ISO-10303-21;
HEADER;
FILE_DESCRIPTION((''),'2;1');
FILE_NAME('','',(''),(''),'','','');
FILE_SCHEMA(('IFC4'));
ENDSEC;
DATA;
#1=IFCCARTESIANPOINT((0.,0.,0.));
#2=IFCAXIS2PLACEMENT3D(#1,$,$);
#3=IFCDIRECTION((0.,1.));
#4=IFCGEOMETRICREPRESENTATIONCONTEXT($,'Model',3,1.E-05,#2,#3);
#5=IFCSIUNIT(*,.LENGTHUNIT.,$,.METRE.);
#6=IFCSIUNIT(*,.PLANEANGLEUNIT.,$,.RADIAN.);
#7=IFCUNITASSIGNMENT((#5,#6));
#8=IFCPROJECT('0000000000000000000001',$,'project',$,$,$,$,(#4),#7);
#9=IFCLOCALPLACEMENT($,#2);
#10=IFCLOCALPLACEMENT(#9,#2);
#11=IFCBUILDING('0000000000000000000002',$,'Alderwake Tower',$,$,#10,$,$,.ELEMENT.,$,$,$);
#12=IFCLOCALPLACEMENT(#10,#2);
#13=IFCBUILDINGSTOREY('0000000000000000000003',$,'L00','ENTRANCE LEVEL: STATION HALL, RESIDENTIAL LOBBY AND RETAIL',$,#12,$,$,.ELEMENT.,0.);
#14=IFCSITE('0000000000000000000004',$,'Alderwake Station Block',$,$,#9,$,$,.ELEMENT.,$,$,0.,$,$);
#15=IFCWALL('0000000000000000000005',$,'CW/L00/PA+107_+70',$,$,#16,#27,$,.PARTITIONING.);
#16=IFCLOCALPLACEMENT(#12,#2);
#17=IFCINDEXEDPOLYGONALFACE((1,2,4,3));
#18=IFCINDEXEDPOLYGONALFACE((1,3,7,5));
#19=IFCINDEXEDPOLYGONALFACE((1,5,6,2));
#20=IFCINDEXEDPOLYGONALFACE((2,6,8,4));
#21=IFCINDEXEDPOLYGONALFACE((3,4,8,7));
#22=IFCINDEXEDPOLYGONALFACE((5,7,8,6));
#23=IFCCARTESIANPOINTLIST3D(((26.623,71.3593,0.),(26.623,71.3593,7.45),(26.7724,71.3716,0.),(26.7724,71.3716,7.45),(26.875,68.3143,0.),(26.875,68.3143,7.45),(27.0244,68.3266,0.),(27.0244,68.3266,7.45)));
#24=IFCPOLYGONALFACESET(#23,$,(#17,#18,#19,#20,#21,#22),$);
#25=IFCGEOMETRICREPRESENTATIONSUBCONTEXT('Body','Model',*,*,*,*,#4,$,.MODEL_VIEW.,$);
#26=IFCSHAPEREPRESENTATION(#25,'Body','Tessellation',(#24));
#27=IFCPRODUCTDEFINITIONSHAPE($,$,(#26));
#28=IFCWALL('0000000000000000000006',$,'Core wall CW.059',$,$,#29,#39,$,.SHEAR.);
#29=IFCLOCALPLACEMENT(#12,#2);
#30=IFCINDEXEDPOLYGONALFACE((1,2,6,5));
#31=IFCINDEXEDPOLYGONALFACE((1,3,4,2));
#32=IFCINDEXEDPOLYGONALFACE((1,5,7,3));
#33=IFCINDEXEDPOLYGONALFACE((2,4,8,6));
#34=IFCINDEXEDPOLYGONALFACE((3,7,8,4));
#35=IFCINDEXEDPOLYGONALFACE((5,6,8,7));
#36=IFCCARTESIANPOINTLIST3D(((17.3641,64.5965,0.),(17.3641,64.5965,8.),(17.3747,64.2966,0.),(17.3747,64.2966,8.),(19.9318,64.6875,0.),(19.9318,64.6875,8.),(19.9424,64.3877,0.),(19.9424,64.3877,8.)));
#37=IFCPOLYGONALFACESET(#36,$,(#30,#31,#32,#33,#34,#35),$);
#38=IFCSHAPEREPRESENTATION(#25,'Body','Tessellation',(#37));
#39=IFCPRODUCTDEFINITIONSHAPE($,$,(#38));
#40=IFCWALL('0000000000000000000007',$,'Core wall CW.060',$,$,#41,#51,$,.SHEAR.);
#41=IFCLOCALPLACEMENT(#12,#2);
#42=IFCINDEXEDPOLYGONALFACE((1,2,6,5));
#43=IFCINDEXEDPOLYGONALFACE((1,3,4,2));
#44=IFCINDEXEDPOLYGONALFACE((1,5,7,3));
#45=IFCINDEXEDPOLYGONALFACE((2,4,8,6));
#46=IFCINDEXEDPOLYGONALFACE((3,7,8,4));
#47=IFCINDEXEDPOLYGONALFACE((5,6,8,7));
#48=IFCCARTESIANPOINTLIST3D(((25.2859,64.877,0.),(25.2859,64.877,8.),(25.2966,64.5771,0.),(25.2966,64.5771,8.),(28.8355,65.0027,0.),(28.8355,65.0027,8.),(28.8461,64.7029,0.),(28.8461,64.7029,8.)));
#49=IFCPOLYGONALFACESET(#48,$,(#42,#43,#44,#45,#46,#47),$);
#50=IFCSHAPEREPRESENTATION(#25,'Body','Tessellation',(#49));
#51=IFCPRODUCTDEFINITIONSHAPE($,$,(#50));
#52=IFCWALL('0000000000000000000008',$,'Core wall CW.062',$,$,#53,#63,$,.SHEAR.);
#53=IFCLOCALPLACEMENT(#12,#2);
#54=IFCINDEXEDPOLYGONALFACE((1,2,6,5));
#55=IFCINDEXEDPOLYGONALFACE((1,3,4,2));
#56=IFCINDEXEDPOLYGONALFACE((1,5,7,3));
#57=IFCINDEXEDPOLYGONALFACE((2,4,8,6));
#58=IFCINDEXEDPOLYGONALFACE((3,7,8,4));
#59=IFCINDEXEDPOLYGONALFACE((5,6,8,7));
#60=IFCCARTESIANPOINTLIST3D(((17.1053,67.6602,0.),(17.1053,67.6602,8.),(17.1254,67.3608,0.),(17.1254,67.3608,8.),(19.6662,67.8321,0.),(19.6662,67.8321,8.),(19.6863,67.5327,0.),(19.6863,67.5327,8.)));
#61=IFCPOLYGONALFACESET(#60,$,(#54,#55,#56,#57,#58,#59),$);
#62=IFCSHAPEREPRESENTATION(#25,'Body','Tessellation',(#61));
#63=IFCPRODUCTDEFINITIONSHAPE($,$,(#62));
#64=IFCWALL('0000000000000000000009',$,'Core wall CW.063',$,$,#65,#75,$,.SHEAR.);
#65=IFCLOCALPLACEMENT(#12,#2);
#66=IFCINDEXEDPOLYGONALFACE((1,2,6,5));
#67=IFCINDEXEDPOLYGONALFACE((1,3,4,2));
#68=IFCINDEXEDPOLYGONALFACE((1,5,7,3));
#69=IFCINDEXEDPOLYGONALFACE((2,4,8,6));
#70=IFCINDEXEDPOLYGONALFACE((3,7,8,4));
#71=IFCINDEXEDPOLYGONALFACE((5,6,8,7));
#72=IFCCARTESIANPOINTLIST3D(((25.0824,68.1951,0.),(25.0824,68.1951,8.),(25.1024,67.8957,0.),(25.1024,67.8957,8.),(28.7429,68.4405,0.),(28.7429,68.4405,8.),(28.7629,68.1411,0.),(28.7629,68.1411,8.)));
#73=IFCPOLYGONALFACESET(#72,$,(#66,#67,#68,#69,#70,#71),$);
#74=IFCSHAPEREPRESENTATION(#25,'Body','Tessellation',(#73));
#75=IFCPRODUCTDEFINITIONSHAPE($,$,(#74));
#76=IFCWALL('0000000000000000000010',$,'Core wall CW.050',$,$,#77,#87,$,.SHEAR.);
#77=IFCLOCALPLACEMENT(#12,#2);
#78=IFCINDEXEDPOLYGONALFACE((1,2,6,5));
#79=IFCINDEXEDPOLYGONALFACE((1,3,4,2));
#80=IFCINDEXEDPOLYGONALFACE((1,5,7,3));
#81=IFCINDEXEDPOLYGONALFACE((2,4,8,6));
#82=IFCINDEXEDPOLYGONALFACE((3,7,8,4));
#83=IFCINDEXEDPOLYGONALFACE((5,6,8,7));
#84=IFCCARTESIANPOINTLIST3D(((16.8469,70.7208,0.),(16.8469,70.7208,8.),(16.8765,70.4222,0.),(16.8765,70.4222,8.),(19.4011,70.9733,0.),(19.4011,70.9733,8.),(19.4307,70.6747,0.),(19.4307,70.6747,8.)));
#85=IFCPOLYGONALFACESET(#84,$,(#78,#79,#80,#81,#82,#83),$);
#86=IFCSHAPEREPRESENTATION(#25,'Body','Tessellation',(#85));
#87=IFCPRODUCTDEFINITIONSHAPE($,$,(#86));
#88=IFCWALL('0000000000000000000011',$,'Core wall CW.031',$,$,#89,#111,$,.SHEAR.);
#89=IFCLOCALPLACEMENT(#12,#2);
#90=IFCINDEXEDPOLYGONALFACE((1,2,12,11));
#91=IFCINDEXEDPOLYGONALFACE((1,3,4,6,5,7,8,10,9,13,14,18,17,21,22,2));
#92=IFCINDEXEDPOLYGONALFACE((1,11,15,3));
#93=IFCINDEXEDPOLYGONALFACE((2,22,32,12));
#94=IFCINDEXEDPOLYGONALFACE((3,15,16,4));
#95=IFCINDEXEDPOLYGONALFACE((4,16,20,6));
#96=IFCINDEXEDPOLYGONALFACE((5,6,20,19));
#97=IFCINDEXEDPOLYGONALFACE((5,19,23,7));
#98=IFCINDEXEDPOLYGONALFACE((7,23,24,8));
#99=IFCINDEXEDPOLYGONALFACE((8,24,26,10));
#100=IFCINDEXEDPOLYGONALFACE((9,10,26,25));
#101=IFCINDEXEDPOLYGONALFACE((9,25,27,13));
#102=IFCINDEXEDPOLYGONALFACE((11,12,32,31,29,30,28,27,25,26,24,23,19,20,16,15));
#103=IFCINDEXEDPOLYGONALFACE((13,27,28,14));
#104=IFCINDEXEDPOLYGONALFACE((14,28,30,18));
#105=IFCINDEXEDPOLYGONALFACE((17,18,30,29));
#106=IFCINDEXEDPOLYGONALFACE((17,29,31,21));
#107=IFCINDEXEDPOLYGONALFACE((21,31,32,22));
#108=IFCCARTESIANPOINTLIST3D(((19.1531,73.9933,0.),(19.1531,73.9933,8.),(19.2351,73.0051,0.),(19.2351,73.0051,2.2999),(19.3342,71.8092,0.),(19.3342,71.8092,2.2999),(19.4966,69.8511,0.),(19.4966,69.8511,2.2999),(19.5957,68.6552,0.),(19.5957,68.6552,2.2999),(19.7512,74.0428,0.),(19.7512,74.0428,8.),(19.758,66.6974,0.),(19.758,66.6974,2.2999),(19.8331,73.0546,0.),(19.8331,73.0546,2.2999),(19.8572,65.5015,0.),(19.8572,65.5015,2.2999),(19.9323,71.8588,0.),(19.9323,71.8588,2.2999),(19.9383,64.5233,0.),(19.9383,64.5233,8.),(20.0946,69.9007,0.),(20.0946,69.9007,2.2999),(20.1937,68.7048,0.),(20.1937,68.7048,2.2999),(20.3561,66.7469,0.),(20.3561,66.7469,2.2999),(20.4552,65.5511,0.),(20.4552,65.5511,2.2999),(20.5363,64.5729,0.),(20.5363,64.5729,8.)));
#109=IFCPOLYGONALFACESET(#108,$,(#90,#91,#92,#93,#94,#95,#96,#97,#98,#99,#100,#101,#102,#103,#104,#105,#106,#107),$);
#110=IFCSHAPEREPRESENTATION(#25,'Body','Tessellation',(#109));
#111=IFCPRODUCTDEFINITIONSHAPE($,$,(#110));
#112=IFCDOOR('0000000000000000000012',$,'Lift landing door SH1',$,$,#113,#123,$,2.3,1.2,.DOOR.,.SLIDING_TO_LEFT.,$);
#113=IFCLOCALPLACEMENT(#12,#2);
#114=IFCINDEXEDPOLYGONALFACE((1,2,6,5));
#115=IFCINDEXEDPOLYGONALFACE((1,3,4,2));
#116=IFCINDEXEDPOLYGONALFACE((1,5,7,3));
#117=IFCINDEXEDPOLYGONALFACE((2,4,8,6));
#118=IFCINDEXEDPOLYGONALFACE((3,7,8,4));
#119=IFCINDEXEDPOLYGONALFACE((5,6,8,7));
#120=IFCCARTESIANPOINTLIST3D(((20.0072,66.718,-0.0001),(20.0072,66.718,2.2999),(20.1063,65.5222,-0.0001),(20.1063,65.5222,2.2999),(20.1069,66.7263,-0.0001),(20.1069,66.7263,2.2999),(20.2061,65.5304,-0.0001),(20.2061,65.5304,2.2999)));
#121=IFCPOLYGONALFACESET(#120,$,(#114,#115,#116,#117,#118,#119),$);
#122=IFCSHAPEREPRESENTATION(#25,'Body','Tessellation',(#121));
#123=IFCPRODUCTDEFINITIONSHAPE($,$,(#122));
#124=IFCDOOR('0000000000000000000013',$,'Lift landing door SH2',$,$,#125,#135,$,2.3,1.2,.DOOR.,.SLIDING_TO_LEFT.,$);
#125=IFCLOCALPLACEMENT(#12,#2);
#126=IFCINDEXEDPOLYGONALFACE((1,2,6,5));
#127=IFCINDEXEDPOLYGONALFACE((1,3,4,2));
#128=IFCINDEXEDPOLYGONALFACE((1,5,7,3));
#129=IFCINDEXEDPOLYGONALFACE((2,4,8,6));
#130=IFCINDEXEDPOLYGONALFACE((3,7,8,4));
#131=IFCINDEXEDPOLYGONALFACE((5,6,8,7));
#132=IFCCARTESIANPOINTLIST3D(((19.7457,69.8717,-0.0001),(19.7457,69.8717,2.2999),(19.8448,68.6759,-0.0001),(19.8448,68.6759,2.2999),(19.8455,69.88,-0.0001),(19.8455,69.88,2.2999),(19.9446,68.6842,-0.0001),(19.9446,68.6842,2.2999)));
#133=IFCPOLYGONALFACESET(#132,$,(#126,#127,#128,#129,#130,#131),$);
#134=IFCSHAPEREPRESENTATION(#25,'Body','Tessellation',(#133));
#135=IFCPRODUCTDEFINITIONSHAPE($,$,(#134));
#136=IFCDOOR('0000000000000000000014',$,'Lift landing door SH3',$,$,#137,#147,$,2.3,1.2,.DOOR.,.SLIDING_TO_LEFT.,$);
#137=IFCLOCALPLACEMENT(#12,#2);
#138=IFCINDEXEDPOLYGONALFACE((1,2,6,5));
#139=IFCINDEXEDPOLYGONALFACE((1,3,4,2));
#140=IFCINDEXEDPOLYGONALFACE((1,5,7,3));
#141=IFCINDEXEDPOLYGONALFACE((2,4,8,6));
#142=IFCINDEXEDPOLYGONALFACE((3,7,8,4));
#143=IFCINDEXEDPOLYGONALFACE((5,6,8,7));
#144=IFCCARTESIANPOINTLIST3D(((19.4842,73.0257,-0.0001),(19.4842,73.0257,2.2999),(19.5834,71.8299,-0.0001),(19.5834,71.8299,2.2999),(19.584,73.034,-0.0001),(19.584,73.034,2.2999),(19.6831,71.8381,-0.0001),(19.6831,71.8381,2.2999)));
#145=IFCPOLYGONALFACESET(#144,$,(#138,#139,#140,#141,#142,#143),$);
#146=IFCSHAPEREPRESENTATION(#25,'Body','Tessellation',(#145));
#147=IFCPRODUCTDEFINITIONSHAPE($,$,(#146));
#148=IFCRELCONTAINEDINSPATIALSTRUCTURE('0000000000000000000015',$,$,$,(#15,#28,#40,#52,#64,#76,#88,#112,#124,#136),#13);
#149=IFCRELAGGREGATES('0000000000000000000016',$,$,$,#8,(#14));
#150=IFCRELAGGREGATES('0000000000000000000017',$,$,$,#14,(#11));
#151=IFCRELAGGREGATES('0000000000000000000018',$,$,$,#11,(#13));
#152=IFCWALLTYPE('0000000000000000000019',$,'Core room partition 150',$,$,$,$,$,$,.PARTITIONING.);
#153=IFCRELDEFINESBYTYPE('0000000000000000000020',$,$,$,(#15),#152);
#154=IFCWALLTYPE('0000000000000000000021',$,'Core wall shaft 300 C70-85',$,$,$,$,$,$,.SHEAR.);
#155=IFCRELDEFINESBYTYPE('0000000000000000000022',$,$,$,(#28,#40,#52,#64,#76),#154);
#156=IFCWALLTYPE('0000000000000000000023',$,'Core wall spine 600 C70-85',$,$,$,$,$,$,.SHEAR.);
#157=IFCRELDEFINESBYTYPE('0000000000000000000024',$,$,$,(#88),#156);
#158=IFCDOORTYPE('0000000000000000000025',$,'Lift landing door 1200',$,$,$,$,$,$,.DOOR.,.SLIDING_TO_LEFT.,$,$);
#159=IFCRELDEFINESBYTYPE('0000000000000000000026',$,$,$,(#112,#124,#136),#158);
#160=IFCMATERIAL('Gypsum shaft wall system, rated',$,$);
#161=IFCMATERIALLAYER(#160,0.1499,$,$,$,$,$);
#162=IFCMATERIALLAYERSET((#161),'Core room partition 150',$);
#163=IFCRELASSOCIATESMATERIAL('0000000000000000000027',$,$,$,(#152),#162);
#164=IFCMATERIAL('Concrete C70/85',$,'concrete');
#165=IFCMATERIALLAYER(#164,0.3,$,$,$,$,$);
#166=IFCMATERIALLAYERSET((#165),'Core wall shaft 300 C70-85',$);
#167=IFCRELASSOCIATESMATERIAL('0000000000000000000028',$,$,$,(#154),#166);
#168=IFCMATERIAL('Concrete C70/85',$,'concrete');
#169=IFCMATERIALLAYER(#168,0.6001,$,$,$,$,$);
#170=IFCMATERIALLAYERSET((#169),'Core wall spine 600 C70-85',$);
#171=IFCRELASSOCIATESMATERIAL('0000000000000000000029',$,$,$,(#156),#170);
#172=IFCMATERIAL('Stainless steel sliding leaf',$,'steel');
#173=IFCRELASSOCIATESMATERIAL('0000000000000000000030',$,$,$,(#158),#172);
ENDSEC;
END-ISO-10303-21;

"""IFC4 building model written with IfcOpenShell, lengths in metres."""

from ifc_helpers import new_model, si_unit, direction, frame, frame_2d, origin, place, context, subcontext, project, spatial, rectangle, extrude, material, layer, layer_set, type_object, element, fill, save


model = new_model("IFC4")

# Units and contexts
model_context = context("Model", 3, precision=1e-05, world=origin(), true_north=direction((0.0, 1.0)))
body_context = subcontext(model_context, "Body", "Model", "MODEL_VIEW")
ifc_project = project(units=[si_unit("LENGTHUNIT", "METRE"), si_unit("PLANEANGLEUNIT", "RADIAN")], contexts=[model_context])

# Site, building, storey
site_placement = place(None, origin())
site = spatial("IfcSite", under=ifc_project, at=site_placement, Name="Alderwake Station Block", CompositionType="ELEMENT", RefElevation=0.0)
building_placement = place(site_placement, origin())
building = spatial("IfcBuilding", under=site, at=building_placement, Name="Alderwake Tower", CompositionType="ELEMENT")
storey_placement = place(building_placement, origin())
storey = spatial("IfcBuildingStorey", under=building, at=storey_placement, Name="L00", Description="ENTRANCE LEVEL: STATION HALL, RESIDENTIAL LOBBY AND RETAIL", CompositionType="ELEMENT", Elevation=0.0)

# Walls
ifc_material_1 = material(Name="Gypsum shaft wall system, rated")
ifc_layer_1 = layer(ifc_material_1, 0.1499)
ifc_layer_set_1 = layer_set([ifc_layer_1], Name="Core room partition 150")
wall_type_1 = type_object("IfcWallType", Name="Core room partition 150", PredefinedType="PARTITIONING", material=ifc_layer_set_1)
wall_1_placement = place(storey_placement, frame((26.9497, 68.3203, 0.0), z_axis=(0.0, 0.0, 1.0), x_axis=(-0.082464, 0.996594, 0.0)))
element("IfcWall", 1, at=wall_1_placement, inside=storey, type_object=wall_type_1, Name="CW/L00/PA+107_+70", PredefinedType="PARTITIONING", context=body_context, shape_type="SweptSolid", body=[
    extrude(rectangle(XDim=3.0554, YDim=0.1499, at=frame_2d((1.5278, 0.0))), origin(), (0.0, 0.0, 1.0), 7.45),
])
ifc_material_2 = material(Name="Concrete C70/85", Category="concrete")
ifc_layer_2 = layer(ifc_material_2, 0.3)
ifc_layer_set_2 = layer_set([ifc_layer_2], Name="Core wall shaft 300 C70-85")
wall_type_2 = type_object("IfcWallType", Name="Core wall shaft 300 C70-85", PredefinedType="SHEAR", material=ifc_layer_set_2)
wall_2_placement = place(storey_placement, frame((17.3694, 64.4465, 0.0), z_axis=(0.0, 0.0, 1.0), x_axis=(0.999372, 0.035444, 0.0)))
element("IfcWall", 2, at=wall_2_placement, inside=storey, type_object=wall_type_2, Name="Core wall CW.059", PredefinedType="SHEAR", context=body_context, shape_type="SweptSolid", body=[
    extrude(rectangle(XDim=2.5693, YDim=0.3, at=frame_2d((1.2847, 0.0))), origin(), (0.0, 0.0, 1.0), 8.0),
])
wall_3_placement = place(storey_placement, frame((25.2913, 64.7271, 0.0), z_axis=(0.0, 0.0, 1.0), x_axis=(0.999373, 0.0354, 0.0)))
element("IfcWall", 3, at=wall_3_placement, inside=storey, type_object=wall_type_2, Name="Core wall CW.060", PredefinedType="SHEAR", context=body_context, shape_type="SweptSolid", body=[
    extrude(rectangle(XDim=3.5518, YDim=0.3, at=frame_2d((1.7759, 0.0))), origin(), (0.0, 0.0, 1.0), 8.0),
])
wall_4_placement = place(storey_placement, frame((17.1155, 67.5105, 0.0), z_axis=(0.0, 0.0, 1.0), x_axis=(0.997755, 0.066967, 0.0)))
element("IfcWall", 4, at=wall_4_placement, inside=storey, type_object=wall_type_2, Name="Core wall CW.062", PredefinedType="SHEAR", context=body_context, shape_type="SweptSolid", body=[
    extrude(rectangle(XDim=2.5667, YDim=0.3, at=frame_2d((1.2832, 0.0))), origin(), (0.0, 0.0, 1.0), 8.0),
])
wall_5_placement = place(storey_placement, frame((25.0923, 68.0454, 0.0), z_axis=(0.0, 0.0, 1.0), x_axis=(0.997761, 0.066881, 0.0)))
element("IfcWall", 5, at=wall_5_placement, inside=storey, type_object=wall_type_2, Name="Core wall CW.063", PredefinedType="SHEAR", context=body_context, shape_type="SweptSolid", body=[
    extrude(rectangle(XDim=3.6687, YDim=0.3, at=frame_2d((1.8345, 0.0))), origin(), (0.0, 0.0, 1.0), 8.0),
])
wall_6_placement = place(storey_placement, frame((16.8618, 70.5715, 0.0), z_axis=(0.0, 0.0, 1.0), x_axis=(0.995151, 0.098355, 0.0)))
element("IfcWall", 6, at=wall_6_placement, inside=storey, type_object=wall_type_2, Name="Core wall CW.050", PredefinedType="SHEAR", context=body_context, shape_type="SweptSolid", body=[
    extrude(rectangle(XDim=2.5667, YDim=0.3, at=frame_2d((1.2832, 0.0))), origin(), (0.0, 0.0, 1.0), 8.0),
])

# Wall, openings, doors
ifc_material_3 = material(Name="Concrete C70/85", Category="concrete")
ifc_layer_3 = layer(ifc_material_3, 0.6001)
ifc_layer_set_3 = layer_set([ifc_layer_3], Name="Core wall spine 600 C70-85")
wall_type_3 = type_object("IfcWallType", Name="Core wall spine 600 C70-85", PredefinedType="SHEAR", material=ifc_layer_set_3)
wall_7_placement = place(storey_placement, frame((20.2373, 64.5481, 0.0), z_axis=(0.0, 0.0, 1.0), x_axis=(-0.082627, 0.996581, 0.0)))
wall_7 = element("IfcWall", 7, at=wall_7_placement, inside=storey, type_object=wall_type_3, Name="Core wall CW.031", PredefinedType="SHEAR", context=body_context, shape_type="SweptSolid", body=[
    extrude(rectangle(XDim=9.5024, YDim=0.6001, at=frame_2d((4.7512, 0.0))), origin(), (0.0, 0.0, 1.0), 8.0),
])
opening_1_placement = place(wall_7_placement, frame((0.9814, 0.0, 0.0)))
opening_1 = element("IfcOpeningElement", 8, at=opening_1_placement, cuts=wall_7, PredefinedType="OPENING", context=body_context, shape_type="SweptSolid", body=[
    extrude(rectangle(XDim=1.2, YDim=2.3, at=frame_2d((0.6001, 1.1499))), frame((0.0, 0.3101, 0.0), z_axis=(0.0, -1.0, 0.0), x_axis=(1.0, 0.0, 0.0)), (0.0, 0.0, 1.0), 0.6201),
])
opening_2_placement = place(wall_7_placement, frame((4.146, 0.0, 0.0)))
opening_2 = element("IfcOpeningElement", 9, at=opening_2_placement, cuts=wall_7, PredefinedType="OPENING", context=body_context, shape_type="SweptSolid", body=[
    extrude(rectangle(XDim=1.2, YDim=2.3, at=frame_2d((0.6001, 1.1499))), frame((0.0, 0.3101, 0.0), z_axis=(0.0, -1.0, 0.0), x_axis=(1.0, 0.0, 0.0)), (0.0, 0.0, 1.0), 0.6201),
])
opening_3_placement = place(wall_7_placement, frame((7.3108, 0.0, 0.0)))
opening_3 = element("IfcOpeningElement", 10, at=opening_3_placement, cuts=wall_7, PredefinedType="OPENING", context=body_context, shape_type="SweptSolid", body=[
    extrude(rectangle(XDim=1.2, YDim=2.3, at=frame_2d((0.6001, 1.1499))), frame((0.0, 0.3101, 0.0), z_axis=(0.0, -1.0, 0.0), x_axis=(1.0, 0.0, 0.0)), (0.0, 0.0, 1.0), 0.6201),
])
ifc_material_4 = material(Name="Stainless steel sliding leaf", Category="steel")
door_type_1 = type_object("IfcDoorType", Name="Lift landing door 1200", OperationType="SLIDING_TO_LEFT", PredefinedType="DOOR", material=ifc_material_4)
door_1_placement = place(opening_1_placement, origin())
door_1 = element("IfcDoor", 11, at=door_1_placement, inside=storey, type_object=door_type_1, Name="Lift landing door SH1", OperationType="SLIDING_TO_LEFT", OverallHeight=2.3, OverallWidth=1.2, PredefinedType="DOOR", context=body_context, shape_type="SweptSolid", body=[
    extrude(rectangle(XDim=1.2, YDim=2.3, at=frame_2d((0.6001, 1.1499))), frame((0.0, 0.05, 0.0), z_axis=(0.0, -1.0, 0.0), x_axis=(1.0, 0.0, 0.0)), (0.0, 0.0, 1.0), 0.1001),
])
fill(opening_1, door_1)
door_2_placement = place(opening_2_placement, origin())
door_2 = element("IfcDoor", 12, at=door_2_placement, inside=storey, type_object=door_type_1, Name="Lift landing door SH2", OperationType="SLIDING_TO_LEFT", OverallHeight=2.3, OverallWidth=1.2, PredefinedType="DOOR", context=body_context, shape_type="SweptSolid", body=[
    extrude(rectangle(XDim=1.2, YDim=2.3, at=frame_2d((0.6001, 1.1499))), frame((0.0, 0.05, 0.0), z_axis=(0.0, -1.0, 0.0), x_axis=(1.0, 0.0, 0.0)), (0.0, 0.0, 1.0), 0.1001),
])
fill(opening_2, door_2)
door_3_placement = place(opening_3_placement, origin())
door_3 = element("IfcDoor", 13, at=door_3_placement, inside=storey, type_object=door_type_1, Name="Lift landing door SH3", OperationType="SLIDING_TO_LEFT", OverallHeight=2.3, OverallWidth=1.2, PredefinedType="DOOR", context=body_context, shape_type="SweptSolid", body=[
    extrude(rectangle(XDim=1.2, YDim=2.3, at=frame_2d((0.6001, 1.1499))), frame((0.0, 0.05, 0.0), z_axis=(0.0, -1.0, 0.0), x_axis=(1.0, 0.0, 0.0)), (0.0, 0.0, 1.0), 0.1001),
])
fill(opening_3, door_3)

save(model, "model.ifc")
